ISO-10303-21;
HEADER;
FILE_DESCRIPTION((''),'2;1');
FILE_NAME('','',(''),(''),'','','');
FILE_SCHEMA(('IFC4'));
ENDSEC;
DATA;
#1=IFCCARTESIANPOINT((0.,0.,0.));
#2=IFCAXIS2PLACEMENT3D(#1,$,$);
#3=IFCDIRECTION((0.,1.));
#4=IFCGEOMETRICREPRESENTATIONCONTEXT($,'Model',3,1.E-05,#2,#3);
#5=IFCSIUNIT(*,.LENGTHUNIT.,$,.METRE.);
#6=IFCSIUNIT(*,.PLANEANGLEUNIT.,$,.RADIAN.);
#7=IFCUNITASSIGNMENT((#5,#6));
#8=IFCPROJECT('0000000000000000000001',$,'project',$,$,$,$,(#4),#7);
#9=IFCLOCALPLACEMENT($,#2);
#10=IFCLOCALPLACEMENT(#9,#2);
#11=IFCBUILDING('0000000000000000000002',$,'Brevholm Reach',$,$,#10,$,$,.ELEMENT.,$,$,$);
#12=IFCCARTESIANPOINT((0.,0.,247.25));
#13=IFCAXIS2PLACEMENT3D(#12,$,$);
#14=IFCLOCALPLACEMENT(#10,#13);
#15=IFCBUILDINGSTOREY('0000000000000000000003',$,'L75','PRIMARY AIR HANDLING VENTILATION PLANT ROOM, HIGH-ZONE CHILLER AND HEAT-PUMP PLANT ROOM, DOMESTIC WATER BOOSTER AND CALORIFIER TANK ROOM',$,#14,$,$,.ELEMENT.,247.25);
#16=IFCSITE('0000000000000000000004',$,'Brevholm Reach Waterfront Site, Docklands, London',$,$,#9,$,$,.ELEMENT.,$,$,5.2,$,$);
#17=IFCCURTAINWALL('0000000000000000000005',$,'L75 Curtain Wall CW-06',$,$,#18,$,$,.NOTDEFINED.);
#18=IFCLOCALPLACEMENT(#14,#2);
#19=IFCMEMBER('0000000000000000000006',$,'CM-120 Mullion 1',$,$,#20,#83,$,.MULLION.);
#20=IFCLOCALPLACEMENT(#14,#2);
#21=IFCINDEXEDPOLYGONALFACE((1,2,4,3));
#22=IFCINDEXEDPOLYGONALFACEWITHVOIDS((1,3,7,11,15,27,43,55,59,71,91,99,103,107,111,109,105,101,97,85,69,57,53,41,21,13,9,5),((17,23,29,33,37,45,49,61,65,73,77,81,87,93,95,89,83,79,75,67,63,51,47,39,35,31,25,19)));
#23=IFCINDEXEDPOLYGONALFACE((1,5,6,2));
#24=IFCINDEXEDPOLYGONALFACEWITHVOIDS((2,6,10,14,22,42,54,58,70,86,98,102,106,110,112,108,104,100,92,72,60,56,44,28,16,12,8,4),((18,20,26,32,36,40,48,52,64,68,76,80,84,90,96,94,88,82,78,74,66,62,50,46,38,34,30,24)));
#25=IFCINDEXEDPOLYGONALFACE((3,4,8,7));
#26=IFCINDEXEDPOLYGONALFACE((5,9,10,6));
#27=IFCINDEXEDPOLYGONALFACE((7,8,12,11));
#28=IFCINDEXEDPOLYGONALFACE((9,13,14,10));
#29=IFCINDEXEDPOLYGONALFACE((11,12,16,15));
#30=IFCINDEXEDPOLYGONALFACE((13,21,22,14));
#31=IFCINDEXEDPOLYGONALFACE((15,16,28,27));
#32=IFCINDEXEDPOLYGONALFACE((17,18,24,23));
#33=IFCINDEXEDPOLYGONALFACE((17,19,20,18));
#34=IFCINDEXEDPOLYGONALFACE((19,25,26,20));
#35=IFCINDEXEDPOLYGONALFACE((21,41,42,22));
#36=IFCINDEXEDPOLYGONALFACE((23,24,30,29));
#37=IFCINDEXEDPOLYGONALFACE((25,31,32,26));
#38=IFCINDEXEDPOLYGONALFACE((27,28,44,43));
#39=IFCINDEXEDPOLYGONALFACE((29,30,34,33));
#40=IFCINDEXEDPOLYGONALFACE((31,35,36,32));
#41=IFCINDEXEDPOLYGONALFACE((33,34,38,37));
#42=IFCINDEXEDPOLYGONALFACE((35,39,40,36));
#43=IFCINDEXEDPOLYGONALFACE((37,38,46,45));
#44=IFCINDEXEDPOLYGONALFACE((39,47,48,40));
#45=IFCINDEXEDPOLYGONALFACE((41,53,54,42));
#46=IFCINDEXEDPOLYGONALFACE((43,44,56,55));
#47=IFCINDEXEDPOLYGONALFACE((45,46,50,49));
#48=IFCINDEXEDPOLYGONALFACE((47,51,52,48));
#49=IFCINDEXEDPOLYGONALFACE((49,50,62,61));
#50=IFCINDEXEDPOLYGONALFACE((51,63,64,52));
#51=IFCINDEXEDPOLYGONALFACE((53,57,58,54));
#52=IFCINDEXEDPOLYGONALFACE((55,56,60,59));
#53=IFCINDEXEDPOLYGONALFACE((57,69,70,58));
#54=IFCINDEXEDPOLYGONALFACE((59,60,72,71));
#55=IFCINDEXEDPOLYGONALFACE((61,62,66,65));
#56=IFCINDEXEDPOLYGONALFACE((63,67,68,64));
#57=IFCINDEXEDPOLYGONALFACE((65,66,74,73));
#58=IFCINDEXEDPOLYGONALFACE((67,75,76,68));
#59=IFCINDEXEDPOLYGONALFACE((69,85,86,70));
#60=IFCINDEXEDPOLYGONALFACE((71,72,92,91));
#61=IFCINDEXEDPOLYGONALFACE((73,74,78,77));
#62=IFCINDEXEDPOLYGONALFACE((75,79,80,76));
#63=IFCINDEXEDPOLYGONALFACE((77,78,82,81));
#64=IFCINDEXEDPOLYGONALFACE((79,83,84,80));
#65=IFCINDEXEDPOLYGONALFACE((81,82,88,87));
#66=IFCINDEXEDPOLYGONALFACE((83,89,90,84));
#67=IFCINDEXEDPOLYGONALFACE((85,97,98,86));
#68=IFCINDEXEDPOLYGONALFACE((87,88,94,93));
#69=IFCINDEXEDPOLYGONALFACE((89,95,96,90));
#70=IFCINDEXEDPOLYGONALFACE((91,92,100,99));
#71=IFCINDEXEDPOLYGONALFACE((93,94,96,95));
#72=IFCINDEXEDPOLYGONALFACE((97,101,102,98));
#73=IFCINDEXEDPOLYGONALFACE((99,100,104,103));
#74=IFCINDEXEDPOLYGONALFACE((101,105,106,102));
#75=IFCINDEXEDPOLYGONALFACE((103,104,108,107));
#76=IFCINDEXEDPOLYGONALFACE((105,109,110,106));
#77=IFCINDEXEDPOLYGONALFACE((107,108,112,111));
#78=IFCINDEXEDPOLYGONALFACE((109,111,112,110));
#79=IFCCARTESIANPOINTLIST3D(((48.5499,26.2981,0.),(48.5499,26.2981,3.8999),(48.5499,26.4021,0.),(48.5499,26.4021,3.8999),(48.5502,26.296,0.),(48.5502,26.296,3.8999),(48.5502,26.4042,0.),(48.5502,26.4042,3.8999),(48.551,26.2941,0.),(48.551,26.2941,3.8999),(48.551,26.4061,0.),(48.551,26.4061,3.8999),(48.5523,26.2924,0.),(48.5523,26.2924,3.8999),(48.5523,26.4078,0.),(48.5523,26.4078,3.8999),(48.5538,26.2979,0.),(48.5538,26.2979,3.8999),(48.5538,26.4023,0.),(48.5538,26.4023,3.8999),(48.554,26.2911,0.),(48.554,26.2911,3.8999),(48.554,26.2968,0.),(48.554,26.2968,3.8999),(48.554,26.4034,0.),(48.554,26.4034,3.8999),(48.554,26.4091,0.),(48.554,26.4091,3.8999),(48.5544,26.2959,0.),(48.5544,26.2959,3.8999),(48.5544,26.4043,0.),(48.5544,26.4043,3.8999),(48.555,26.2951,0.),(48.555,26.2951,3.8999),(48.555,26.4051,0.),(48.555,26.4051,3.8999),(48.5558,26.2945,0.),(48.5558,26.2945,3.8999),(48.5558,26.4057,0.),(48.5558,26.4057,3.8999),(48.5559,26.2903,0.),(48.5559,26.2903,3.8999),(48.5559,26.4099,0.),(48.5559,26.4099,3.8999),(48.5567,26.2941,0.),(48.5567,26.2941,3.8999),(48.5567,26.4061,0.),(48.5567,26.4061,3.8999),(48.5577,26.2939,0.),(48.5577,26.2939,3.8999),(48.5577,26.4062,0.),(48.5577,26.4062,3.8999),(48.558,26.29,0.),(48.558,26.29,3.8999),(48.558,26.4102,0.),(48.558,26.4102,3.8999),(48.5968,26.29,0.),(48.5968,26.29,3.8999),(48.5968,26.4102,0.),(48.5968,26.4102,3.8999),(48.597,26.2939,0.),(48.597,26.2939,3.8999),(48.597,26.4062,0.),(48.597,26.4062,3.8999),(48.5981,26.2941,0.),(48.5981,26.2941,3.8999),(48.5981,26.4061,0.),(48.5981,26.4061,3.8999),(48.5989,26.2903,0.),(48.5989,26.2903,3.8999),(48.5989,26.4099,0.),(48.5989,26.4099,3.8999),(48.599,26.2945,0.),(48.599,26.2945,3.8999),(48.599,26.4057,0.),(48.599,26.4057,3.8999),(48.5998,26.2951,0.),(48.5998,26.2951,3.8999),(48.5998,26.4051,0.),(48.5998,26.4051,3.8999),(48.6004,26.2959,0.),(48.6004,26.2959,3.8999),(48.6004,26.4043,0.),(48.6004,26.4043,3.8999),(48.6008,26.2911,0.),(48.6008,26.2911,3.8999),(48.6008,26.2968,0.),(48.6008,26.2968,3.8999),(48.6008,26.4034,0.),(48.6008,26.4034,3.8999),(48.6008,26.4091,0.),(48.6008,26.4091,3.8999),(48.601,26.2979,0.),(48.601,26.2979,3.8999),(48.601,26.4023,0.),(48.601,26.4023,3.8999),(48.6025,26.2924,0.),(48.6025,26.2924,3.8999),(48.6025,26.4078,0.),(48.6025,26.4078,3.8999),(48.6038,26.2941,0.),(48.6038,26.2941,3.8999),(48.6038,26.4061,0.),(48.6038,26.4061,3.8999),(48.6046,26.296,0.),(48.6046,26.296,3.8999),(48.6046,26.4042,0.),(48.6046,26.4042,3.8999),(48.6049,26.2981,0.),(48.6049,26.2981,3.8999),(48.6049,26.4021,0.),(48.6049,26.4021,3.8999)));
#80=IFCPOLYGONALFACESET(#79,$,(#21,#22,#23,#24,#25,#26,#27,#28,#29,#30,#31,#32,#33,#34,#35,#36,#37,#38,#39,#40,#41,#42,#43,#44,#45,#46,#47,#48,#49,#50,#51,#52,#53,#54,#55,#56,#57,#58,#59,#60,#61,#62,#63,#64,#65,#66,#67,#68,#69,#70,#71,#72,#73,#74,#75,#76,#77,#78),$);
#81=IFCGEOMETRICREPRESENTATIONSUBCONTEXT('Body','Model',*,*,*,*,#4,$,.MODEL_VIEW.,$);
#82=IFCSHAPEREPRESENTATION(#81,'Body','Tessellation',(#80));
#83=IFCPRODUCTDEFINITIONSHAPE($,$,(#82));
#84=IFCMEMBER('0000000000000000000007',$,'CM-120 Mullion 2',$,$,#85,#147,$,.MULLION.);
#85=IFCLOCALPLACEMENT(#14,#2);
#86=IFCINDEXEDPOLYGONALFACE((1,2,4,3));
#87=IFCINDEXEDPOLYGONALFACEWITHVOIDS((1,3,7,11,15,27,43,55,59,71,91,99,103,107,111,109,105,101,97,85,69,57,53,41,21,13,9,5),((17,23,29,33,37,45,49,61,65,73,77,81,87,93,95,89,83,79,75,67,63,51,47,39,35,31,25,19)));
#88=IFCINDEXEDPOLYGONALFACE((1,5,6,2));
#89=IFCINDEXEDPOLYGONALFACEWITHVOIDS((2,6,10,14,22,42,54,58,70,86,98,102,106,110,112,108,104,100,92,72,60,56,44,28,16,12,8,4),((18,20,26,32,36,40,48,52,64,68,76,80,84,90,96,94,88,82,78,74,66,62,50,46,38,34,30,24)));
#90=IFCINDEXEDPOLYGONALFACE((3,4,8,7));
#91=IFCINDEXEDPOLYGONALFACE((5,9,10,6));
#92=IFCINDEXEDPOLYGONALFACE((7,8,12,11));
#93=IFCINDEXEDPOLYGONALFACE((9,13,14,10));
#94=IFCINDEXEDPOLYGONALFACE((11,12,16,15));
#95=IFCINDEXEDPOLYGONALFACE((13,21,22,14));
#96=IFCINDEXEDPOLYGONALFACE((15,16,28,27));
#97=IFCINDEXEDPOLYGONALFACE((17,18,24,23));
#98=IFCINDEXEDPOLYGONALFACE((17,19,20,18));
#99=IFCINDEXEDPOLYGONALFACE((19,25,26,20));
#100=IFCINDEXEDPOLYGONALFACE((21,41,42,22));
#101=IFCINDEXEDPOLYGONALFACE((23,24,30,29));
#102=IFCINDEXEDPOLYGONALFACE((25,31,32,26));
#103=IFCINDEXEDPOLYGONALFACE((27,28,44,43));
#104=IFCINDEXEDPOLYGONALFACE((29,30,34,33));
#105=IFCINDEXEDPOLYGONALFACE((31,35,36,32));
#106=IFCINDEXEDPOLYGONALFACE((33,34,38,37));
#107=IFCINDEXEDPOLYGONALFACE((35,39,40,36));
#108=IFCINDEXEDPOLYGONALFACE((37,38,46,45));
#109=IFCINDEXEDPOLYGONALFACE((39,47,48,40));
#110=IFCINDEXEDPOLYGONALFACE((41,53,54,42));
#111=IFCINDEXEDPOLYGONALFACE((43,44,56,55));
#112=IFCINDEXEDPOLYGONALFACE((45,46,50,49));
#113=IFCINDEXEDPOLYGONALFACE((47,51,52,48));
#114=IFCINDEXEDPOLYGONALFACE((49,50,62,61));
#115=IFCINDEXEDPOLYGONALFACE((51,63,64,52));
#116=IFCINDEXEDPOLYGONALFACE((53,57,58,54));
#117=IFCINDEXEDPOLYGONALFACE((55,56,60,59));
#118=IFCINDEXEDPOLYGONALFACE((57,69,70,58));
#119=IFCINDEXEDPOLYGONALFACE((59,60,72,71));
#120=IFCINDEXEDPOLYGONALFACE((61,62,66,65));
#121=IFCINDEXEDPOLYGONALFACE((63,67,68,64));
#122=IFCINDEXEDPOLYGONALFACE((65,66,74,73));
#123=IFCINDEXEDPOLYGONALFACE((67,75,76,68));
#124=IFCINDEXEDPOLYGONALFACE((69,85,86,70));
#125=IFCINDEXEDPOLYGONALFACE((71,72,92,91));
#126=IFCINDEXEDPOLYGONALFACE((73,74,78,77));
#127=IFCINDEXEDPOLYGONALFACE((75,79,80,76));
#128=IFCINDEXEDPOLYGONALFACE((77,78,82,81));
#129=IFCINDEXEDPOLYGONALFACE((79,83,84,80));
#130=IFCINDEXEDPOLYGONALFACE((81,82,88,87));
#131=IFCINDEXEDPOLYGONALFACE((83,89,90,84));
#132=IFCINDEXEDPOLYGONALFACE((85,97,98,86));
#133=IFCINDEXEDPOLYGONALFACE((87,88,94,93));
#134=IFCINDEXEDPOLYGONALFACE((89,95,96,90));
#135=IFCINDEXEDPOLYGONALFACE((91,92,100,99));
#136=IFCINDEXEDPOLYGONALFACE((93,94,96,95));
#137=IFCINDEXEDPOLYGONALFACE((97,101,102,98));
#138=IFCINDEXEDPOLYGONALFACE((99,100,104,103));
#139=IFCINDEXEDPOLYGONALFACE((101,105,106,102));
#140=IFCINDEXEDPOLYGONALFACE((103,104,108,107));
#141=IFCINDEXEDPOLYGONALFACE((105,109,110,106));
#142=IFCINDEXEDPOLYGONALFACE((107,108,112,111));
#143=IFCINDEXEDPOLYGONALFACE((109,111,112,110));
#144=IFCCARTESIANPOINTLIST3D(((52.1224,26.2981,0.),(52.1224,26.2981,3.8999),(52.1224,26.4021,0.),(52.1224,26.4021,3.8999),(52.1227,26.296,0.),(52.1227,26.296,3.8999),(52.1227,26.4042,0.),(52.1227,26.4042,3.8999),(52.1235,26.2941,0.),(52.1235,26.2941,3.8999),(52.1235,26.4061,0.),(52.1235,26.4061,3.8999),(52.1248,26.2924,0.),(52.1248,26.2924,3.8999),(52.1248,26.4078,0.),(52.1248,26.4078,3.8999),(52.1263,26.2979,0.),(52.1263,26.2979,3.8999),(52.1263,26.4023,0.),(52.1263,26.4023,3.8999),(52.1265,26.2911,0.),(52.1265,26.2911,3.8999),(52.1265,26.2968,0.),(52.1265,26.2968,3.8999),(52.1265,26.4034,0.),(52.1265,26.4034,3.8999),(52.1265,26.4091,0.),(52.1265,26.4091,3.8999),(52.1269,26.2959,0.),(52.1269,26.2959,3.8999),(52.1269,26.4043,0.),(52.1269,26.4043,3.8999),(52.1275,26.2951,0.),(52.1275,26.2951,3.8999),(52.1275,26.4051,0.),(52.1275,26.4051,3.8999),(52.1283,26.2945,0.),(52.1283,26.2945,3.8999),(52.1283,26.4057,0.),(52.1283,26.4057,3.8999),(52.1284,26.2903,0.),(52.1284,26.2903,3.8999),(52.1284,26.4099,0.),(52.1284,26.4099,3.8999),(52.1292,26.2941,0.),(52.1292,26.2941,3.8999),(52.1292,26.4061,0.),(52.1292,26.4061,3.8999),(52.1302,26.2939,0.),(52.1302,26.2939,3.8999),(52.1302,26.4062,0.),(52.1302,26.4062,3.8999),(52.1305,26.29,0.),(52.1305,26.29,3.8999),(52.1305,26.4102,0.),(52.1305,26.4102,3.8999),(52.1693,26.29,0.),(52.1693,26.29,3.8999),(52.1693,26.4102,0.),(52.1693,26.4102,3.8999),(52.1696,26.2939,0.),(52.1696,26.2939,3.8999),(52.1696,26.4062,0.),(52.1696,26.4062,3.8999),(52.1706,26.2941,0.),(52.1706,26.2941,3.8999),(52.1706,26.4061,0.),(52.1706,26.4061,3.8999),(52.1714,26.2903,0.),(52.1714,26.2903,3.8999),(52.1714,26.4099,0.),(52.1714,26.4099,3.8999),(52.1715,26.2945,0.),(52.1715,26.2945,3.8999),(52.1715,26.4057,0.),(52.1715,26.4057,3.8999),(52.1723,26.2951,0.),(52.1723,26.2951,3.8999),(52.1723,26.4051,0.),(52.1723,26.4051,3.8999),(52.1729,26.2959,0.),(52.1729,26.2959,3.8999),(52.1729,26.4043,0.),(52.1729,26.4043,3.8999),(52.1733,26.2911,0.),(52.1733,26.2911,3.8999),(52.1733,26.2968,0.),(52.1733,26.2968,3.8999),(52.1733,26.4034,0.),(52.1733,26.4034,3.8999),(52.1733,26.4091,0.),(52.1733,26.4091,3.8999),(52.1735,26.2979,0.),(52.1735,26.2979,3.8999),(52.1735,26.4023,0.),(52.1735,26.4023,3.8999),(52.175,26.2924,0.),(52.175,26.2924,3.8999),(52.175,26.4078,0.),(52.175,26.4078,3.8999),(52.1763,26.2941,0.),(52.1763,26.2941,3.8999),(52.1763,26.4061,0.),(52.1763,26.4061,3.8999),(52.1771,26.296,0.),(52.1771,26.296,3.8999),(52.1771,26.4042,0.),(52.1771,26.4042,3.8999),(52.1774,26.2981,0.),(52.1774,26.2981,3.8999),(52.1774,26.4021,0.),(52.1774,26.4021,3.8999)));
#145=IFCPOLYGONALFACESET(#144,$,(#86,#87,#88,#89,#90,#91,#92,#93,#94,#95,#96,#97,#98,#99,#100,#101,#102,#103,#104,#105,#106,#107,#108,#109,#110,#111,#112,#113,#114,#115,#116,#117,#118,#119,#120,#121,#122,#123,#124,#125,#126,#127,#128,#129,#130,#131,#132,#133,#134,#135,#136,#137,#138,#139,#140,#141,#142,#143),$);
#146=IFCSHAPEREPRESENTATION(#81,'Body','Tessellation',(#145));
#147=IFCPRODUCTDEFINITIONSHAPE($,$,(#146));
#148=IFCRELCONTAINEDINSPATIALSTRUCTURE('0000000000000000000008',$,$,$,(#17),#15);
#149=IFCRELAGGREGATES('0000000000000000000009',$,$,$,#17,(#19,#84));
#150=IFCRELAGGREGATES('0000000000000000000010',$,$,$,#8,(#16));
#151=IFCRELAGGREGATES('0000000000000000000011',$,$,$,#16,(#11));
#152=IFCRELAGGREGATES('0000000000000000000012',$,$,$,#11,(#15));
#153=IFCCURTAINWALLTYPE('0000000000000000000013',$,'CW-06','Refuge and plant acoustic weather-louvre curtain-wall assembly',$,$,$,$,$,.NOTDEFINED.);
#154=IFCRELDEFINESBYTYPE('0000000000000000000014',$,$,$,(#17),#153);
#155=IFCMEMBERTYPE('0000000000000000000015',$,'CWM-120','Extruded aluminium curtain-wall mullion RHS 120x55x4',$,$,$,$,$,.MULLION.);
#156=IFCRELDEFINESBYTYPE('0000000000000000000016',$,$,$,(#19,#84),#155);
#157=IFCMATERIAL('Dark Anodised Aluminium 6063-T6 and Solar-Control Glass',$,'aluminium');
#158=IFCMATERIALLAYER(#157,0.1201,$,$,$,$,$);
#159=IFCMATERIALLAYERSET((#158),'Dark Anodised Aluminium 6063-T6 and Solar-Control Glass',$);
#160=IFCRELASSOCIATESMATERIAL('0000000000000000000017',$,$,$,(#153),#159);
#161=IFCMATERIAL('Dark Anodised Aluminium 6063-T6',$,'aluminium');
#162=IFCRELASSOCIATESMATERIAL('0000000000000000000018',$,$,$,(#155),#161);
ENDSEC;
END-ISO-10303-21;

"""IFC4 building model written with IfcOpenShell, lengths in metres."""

from ifc_helpers import new_model, si_unit, direction, frame, origin, origin_2d, place, context, subcontext, project, spatial, hollow_rectangle, extrude, material, layer, layer_set, material_profile, profile_set, type_object, element, aggregate, save


model = new_model("IFC4")

# Units and contexts
model_context = context("Model", 3, precision=1e-05, world=origin(), true_north=direction((0.0, 1.0)))
body_context = subcontext(model_context, "Body", "Model", "MODEL_VIEW")
ifc_project = project(units=[si_unit("LENGTHUNIT", "METRE"), si_unit("PLANEANGLEUNIT", "RADIAN")], contexts=[model_context])

# Site, building, storey
site_placement = place(None, origin())
site = spatial("IfcSite", under=ifc_project, at=site_placement, Name="Brevholm Reach Waterfront Site, Docklands, London", CompositionType="ELEMENT", RefElevation=5.2)
building_placement = place(site_placement, origin())
building = spatial("IfcBuilding", under=site, at=building_placement, Name="Brevholm Reach", CompositionType="ELEMENT")
storey_placement = place(building_placement, frame((0.0, 0.0, 247.25)))
storey = spatial("IfcBuildingStorey", under=building, at=storey_placement, Name="L75", Description="PRIMARY AIR HANDLING VENTILATION PLANT ROOM, HIGH-ZONE CHILLER AND HEAT-PUMP PLANT ROOM, DOMESTIC WATER BOOSTER AND CALORIFIER TANK ROOM", CompositionType="ELEMENT", Elevation=247.25)

# Curtain wall, members
ifc_material_1 = material(Name="Dark Anodised Aluminium 6063-T6 and Solar-Control Glass", Category="aluminium")
ifc_layer_1 = layer(ifc_material_1, 0.1201)
ifc_layer_set_1 = layer_set([ifc_layer_1], Name="Dark Anodised Aluminium 6063-T6 and Solar-Control Glass")
curtain_wall_type = type_object("IfcCurtainWallType", Name="CW-06", Description="Refuge and plant acoustic weather-louvre curtain-wall assembly", PredefinedType="NOTDEFINED", material=ifc_layer_set_1)
curtain_wall_placement = place(storey_placement, origin())
curtain_wall = element("IfcCurtainWall", 1, at=curtain_wall_placement, inside=storey, type_object=curtain_wall_type, Name="L75 Curtain Wall CW-06", PredefinedType="NOTDEFINED")
ifc_material_2 = material(Name="Dark Anodised Aluminium 6063-T6", Category="aluminium")
ifc_material_profile_1 = material_profile(ifc_material_2, hollow_rectangle(XDim=0.0549, YDim=0.1201, WallThickness=0.0039, InnerFilletRadius=0.0039, OuterFilletRadius=0.0081, at=origin_2d()), Name="RHS 120x55x4")
ifc_profile_set_1 = profile_set([ifc_material_profile_1], Name="Dark Anodised Aluminium 6063-T6")
member_type_1 = type_object("IfcMemberType", Name="CWM-120", Description="Extruded aluminium curtain-wall mullion RHS 120x55x4", PredefinedType="MULLION", material=ifc_profile_set_1)
member_1_placement = place(storey_placement, frame((48.5774, 26.3501, 0.0), z_axis=(0.0, 0.0, 1.0), x_axis=(1.0, 0.0, 0.0)))
member_1 = element("IfcMember", 2, at=member_1_placement, type_object=member_type_1, Name="CM-120 Mullion 1", PredefinedType="MULLION", context=body_context, shape_type="SweptSolid", body=[
    extrude(hollow_rectangle(XDim=0.0549, YDim=0.1201, WallThickness=0.0039, InnerFilletRadius=0.0039, OuterFilletRadius=0.0081, at=origin_2d()), origin(), (0.0, 0.0, 1.0), 3.8999),
])
member_2_placement = place(storey_placement, frame((52.1499, 26.3501, 0.0), z_axis=(0.0, 0.0, 1.0), x_axis=(1.0, 0.0, 0.0)))
member_2 = element("IfcMember", 3, at=member_2_placement, type_object=member_type_1, Name="CM-120 Mullion 2", PredefinedType="MULLION", context=body_context, shape_type="SweptSolid", body=[
    extrude(hollow_rectangle(XDim=0.0549, YDim=0.1201, WallThickness=0.0039, InnerFilletRadius=0.0039, OuterFilletRadius=0.0081, at=origin_2d()), origin(), (0.0, 0.0, 1.0), 3.8999),
])
aggregate(curtain_wall, [member_1, member_2])

save(model, "model.ifc")
